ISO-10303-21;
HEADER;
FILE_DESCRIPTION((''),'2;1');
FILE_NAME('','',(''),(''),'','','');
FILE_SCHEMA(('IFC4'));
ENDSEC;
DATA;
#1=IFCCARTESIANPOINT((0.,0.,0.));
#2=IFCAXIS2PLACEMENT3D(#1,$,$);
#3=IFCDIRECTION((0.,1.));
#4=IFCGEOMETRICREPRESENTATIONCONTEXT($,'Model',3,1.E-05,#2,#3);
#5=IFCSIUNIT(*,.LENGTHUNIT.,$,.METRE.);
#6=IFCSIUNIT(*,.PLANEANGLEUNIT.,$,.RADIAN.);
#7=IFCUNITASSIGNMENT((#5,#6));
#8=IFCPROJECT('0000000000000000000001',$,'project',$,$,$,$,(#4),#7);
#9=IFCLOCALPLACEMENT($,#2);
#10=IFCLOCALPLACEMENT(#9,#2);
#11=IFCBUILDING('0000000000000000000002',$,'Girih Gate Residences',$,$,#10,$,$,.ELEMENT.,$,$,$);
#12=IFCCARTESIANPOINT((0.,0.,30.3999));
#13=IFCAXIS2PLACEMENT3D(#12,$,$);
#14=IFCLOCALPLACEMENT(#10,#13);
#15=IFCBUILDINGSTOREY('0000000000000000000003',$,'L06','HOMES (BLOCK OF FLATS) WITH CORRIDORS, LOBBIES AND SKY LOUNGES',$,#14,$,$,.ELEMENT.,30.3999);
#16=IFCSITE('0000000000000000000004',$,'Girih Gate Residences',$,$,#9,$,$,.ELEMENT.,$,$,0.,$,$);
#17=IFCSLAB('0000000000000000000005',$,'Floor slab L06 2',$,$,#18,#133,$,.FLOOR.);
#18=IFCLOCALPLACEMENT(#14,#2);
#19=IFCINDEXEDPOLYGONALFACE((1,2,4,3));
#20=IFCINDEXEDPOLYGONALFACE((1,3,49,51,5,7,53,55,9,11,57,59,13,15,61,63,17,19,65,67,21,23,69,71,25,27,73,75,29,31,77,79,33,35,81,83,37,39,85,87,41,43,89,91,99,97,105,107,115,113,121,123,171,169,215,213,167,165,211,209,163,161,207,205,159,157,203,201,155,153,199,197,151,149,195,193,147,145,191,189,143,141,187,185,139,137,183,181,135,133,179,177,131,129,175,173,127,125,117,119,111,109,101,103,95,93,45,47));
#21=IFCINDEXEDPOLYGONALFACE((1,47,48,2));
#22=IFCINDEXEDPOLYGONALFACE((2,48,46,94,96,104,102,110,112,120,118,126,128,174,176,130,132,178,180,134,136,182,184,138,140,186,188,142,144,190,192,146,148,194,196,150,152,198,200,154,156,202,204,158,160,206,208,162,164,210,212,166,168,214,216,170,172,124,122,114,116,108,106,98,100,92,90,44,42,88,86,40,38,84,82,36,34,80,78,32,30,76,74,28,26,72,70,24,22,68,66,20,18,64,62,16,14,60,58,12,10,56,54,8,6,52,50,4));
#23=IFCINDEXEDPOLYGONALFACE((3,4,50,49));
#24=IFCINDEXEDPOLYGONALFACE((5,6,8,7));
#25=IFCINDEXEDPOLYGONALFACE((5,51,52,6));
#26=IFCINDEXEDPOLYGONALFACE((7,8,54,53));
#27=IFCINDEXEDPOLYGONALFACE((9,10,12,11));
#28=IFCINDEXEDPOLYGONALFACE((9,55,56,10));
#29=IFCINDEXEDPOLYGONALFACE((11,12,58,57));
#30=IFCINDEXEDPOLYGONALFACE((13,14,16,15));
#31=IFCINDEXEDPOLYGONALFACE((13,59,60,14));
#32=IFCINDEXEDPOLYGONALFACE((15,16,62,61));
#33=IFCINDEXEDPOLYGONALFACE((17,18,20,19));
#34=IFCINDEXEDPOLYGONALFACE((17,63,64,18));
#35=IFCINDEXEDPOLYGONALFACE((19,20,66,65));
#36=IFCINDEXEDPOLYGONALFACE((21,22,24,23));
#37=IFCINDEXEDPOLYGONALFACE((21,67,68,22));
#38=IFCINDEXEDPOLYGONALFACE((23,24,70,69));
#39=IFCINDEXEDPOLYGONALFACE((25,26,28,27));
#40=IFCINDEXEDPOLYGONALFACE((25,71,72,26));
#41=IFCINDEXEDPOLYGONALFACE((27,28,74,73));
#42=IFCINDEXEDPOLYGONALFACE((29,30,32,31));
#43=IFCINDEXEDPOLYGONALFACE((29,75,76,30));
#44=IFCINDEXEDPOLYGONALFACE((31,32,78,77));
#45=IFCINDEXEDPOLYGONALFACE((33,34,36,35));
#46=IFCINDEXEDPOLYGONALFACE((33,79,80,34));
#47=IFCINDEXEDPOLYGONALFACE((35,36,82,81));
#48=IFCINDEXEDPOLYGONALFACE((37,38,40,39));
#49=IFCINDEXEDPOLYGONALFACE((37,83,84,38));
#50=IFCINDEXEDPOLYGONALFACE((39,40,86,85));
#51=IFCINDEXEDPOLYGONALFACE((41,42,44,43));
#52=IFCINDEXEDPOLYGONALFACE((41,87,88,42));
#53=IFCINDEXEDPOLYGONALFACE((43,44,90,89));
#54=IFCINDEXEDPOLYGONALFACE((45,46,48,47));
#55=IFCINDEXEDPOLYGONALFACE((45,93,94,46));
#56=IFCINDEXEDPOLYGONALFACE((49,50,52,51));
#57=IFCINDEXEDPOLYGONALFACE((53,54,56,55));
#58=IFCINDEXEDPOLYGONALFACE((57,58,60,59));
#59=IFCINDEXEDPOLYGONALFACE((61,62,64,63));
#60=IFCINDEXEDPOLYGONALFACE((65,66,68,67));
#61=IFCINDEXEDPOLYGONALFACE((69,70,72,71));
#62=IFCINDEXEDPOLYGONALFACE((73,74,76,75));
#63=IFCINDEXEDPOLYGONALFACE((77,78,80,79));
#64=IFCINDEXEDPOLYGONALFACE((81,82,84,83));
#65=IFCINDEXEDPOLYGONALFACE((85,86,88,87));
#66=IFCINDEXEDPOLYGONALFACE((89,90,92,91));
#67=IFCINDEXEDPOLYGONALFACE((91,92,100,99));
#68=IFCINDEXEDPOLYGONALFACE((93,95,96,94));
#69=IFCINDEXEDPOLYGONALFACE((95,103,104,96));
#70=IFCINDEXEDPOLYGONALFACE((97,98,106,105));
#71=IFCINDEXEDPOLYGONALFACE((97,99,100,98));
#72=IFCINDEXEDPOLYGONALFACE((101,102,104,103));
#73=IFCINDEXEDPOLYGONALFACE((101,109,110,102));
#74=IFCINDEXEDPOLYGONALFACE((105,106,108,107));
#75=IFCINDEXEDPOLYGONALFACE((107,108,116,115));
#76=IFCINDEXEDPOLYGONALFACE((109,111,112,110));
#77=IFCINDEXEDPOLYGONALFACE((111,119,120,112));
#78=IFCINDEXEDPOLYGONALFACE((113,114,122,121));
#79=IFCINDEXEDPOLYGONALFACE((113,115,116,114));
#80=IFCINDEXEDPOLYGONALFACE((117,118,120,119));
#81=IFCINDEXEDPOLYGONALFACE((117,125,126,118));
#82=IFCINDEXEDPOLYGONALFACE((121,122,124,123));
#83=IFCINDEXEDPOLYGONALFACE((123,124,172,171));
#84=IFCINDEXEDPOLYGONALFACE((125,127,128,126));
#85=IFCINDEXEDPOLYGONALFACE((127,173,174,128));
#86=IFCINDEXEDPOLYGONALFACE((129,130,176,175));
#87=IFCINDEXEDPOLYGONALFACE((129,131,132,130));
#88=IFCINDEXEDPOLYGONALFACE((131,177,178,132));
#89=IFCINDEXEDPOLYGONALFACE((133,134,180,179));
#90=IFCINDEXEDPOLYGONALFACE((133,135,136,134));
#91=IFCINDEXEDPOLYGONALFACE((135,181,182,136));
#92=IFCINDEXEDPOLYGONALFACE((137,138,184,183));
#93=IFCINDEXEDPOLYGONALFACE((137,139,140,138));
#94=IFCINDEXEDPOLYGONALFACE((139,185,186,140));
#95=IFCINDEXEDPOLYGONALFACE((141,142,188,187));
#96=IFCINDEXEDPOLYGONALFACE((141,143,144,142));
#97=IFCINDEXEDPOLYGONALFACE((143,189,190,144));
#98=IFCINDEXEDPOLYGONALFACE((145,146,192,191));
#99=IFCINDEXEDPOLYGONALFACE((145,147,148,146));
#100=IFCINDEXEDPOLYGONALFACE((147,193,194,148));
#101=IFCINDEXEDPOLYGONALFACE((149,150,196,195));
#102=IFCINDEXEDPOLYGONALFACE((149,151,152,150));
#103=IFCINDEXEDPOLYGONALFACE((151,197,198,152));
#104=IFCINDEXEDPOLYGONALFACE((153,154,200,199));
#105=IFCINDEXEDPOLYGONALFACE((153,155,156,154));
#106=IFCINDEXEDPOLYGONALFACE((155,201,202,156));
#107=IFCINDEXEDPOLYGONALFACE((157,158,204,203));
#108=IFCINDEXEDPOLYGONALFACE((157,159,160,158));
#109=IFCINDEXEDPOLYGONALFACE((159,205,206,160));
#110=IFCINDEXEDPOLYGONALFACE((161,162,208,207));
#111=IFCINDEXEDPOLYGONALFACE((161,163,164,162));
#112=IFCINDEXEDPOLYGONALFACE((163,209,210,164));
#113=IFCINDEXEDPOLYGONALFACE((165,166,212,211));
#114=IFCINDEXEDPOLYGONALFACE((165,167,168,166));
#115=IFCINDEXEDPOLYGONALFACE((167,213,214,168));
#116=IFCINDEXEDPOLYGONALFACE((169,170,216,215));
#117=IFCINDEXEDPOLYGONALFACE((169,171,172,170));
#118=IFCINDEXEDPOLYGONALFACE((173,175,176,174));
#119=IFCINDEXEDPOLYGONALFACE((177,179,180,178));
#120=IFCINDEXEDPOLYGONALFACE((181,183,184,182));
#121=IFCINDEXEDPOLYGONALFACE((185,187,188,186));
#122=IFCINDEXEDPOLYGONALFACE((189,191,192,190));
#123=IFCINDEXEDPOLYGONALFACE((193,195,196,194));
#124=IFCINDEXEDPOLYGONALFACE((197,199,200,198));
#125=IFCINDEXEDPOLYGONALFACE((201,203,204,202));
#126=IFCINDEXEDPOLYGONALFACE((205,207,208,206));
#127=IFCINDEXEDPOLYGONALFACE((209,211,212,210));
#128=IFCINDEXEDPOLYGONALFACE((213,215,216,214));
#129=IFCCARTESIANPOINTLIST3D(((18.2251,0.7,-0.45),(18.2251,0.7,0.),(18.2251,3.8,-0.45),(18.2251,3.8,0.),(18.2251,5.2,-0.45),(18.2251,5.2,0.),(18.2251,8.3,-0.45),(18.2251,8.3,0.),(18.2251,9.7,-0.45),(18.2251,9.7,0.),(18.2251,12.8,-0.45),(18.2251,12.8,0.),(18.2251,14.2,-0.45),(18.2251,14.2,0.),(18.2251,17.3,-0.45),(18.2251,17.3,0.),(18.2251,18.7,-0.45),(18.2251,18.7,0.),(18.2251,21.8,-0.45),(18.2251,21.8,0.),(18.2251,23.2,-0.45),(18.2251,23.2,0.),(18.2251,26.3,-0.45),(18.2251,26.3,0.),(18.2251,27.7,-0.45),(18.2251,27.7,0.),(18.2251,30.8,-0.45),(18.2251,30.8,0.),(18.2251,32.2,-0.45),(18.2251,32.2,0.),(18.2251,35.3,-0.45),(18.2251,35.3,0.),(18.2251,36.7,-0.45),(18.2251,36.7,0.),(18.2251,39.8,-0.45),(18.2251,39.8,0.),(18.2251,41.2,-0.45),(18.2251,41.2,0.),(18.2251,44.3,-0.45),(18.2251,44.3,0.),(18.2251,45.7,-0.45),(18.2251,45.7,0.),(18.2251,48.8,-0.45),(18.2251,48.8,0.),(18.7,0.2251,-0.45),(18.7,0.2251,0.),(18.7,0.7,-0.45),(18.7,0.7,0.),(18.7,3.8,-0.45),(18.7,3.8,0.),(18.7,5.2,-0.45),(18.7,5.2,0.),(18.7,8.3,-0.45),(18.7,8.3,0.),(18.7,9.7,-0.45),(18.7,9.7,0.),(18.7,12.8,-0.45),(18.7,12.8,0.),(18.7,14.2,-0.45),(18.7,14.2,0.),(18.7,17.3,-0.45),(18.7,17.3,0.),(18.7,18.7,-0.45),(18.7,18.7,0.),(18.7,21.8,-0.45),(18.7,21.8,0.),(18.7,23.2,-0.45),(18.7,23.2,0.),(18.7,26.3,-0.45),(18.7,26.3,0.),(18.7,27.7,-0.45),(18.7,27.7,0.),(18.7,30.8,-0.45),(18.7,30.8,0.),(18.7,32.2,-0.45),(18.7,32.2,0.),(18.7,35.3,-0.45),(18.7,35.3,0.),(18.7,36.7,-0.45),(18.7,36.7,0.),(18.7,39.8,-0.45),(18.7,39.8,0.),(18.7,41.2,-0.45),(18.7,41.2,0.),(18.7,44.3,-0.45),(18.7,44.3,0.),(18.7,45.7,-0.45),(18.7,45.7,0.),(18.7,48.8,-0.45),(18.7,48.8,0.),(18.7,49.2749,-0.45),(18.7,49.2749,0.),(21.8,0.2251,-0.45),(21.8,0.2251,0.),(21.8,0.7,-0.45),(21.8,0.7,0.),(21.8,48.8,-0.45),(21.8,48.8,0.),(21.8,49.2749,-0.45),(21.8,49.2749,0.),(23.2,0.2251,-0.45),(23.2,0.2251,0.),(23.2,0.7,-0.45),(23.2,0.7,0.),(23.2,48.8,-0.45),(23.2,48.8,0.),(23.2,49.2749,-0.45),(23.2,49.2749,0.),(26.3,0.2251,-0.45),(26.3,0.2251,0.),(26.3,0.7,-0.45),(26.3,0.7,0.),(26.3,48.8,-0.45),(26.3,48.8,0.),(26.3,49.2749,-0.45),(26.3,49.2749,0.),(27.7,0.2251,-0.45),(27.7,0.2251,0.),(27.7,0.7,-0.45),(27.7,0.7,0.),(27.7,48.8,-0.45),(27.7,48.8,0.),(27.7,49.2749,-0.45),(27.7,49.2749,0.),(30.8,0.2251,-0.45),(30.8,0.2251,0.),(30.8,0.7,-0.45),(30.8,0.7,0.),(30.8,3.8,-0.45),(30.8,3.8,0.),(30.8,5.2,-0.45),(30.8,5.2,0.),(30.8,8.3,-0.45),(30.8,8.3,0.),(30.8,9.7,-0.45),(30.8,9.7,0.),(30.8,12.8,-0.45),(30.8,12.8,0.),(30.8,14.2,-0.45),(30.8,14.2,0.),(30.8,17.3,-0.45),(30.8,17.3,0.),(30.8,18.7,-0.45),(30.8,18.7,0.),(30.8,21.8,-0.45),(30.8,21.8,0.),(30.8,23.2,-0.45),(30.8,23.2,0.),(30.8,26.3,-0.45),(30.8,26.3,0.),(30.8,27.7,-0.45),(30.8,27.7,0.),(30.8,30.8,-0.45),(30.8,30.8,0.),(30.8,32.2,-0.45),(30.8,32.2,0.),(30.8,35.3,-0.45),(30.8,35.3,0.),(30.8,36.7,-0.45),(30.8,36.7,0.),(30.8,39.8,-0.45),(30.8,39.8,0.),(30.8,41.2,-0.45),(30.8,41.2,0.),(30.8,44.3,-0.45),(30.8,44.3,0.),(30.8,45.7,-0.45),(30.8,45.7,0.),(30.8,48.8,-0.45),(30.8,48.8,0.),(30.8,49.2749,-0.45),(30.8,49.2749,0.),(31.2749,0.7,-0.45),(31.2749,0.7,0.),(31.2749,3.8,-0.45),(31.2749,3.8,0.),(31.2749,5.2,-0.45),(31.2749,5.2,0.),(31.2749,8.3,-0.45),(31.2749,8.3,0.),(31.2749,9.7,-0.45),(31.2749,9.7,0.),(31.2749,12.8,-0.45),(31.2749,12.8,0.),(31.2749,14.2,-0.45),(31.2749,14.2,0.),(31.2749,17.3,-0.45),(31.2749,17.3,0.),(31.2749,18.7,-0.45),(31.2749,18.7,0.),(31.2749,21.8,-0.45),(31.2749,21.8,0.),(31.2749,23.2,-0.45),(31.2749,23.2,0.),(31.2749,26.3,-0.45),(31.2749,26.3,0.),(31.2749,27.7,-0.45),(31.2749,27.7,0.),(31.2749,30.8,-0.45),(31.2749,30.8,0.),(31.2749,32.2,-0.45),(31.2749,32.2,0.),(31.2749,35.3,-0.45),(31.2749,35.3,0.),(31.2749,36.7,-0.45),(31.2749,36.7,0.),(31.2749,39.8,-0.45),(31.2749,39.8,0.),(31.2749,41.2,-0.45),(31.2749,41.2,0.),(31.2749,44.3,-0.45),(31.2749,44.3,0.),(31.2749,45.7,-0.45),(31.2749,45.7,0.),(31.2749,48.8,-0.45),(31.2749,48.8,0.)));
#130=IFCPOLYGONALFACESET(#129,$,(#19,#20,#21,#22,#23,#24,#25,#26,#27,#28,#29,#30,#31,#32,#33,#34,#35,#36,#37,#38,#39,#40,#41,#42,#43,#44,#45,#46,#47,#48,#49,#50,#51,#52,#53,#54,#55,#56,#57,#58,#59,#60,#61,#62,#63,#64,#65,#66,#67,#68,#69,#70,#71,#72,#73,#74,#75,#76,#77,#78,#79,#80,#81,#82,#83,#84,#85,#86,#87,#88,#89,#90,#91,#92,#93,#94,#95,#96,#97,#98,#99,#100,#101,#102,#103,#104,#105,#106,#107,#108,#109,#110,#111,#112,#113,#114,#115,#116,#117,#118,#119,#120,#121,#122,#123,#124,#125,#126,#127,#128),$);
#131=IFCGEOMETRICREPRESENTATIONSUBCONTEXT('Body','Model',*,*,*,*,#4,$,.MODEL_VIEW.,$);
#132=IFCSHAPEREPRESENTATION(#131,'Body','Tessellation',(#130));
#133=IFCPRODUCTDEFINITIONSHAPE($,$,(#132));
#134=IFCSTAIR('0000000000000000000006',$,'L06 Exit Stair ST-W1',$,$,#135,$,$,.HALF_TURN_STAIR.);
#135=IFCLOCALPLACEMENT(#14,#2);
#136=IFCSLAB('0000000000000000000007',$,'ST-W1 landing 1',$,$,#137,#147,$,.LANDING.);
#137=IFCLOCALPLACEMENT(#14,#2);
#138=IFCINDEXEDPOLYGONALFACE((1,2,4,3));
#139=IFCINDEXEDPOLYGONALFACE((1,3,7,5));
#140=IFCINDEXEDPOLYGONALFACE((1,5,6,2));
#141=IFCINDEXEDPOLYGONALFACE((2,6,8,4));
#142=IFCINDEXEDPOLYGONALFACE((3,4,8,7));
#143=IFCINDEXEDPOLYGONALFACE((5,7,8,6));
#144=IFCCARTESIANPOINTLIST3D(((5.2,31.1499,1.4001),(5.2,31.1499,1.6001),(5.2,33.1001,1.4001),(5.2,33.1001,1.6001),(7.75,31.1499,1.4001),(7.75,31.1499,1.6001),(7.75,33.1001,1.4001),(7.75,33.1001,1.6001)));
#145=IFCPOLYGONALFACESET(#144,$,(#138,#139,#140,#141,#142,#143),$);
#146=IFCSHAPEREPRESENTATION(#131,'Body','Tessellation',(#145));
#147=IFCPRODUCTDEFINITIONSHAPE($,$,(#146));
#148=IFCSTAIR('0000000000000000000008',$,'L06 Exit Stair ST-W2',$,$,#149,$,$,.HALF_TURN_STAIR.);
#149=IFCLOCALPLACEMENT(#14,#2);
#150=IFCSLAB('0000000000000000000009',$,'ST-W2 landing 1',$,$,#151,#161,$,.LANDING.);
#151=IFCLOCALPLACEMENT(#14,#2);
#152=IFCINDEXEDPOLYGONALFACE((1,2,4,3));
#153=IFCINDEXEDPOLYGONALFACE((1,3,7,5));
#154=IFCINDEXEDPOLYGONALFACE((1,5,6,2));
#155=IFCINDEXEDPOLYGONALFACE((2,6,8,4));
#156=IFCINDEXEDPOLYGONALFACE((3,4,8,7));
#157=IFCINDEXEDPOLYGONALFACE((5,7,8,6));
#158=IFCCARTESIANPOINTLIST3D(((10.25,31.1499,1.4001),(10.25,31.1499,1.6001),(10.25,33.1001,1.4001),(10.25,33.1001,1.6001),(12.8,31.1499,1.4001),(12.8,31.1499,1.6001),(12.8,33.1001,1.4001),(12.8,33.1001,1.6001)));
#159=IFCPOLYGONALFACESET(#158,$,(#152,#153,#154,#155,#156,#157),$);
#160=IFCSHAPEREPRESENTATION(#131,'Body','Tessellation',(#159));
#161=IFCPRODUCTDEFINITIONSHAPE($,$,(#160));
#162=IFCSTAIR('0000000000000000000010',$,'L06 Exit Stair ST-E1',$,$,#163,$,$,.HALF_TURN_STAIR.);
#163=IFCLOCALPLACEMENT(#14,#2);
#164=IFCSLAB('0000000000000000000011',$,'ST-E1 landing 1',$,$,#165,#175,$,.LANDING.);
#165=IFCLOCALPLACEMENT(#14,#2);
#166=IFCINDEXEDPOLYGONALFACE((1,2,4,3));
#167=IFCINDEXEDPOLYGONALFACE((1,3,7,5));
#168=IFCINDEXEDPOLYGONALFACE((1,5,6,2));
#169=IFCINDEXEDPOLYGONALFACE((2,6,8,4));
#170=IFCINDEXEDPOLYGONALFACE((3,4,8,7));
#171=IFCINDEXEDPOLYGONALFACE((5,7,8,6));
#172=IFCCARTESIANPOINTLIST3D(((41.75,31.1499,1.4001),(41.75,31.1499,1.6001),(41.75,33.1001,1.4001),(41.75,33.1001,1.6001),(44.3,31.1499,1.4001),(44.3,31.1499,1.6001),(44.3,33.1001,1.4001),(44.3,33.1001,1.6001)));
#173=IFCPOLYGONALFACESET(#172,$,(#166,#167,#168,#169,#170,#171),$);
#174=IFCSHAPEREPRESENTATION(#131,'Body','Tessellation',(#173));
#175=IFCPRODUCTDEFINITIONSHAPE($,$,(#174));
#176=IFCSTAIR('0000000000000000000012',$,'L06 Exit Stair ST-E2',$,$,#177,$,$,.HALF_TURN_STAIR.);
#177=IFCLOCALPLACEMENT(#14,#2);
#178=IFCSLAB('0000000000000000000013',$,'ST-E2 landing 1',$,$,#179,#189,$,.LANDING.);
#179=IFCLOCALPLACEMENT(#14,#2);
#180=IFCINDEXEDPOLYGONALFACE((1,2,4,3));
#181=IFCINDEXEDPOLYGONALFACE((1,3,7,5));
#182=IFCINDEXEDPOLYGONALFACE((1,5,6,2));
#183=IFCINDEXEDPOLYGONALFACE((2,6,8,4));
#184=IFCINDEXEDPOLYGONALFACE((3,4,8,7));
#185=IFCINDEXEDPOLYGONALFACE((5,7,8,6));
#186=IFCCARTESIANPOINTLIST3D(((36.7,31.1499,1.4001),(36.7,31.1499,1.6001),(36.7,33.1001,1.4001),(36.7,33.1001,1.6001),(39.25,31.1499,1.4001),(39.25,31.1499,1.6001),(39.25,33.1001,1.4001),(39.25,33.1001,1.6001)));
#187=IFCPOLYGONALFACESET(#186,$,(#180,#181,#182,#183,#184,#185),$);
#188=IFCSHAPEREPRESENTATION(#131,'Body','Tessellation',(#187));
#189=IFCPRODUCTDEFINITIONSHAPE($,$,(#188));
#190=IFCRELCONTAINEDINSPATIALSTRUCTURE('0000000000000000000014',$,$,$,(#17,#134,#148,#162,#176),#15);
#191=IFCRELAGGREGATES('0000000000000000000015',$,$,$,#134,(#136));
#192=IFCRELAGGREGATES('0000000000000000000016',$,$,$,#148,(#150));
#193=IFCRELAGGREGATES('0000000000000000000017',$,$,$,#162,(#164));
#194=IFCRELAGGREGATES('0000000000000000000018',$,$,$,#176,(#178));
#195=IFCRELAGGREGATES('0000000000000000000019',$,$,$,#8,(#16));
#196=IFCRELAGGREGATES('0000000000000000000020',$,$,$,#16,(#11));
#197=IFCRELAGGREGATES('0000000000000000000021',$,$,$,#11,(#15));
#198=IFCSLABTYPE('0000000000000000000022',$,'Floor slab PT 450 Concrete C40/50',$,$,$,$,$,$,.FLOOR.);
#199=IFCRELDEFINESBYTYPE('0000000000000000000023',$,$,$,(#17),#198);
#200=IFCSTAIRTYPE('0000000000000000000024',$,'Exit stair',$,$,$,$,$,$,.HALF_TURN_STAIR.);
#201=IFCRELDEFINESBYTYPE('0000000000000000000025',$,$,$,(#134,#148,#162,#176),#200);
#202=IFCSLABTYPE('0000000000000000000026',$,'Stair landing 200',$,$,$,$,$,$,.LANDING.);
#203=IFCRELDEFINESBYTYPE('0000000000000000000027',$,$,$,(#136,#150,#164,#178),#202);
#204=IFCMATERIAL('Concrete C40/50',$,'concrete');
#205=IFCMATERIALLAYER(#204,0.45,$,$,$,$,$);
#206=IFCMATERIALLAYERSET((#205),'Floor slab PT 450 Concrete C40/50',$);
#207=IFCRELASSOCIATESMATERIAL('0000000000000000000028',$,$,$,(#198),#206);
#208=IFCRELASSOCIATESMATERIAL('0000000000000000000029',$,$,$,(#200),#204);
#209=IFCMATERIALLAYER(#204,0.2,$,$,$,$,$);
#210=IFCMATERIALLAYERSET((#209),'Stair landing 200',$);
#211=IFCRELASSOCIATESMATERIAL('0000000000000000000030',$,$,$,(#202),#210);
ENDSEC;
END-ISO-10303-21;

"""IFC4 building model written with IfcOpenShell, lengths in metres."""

from ifc_helpers import new_model, si_unit, direction, frame, origin, place, context, subcontext, project, spatial, polyline, outline, extrude, material, layer, layer_set, type_object, element, aggregate, save


model = new_model("IFC4")

# Units and contexts
model_context = context("Model", 3, precision=1e-05, world=origin(), true_north=direction((0.0, 1.0)))
body_context = subcontext(model_context, "Body", "Model", "MODEL_VIEW")
ifc_project = project(units=[si_unit("LENGTHUNIT", "METRE"), si_unit("PLANEANGLEUNIT", "RADIAN")], contexts=[model_context])

# Site, building, storey
site_placement = place(None, origin())
site = spatial("IfcSite", under=ifc_project, at=site_placement, Name="Girih Gate Residences", CompositionType="ELEMENT", RefElevation=0.0)
building_placement = place(site_placement, origin())
building = spatial("IfcBuilding", under=site, at=building_placement, Name="Girih Gate Residences", CompositionType="ELEMENT")
storey_placement = place(building_placement, frame((0.0, 0.0, 30.3999)))
storey = spatial("IfcBuildingStorey", under=building, at=storey_placement, Name="L06", Description="HOMES (BLOCK OF FLATS) WITH CORRIDORS, LOBBIES AND SKY LOUNGES", CompositionType="ELEMENT", Elevation=30.3999)

# Slab
ifc_material_1 = material(Name="Concrete C40/50", Category="concrete")
ifc_layer_1 = layer(ifc_material_1, 0.45)
ifc_layer_set_1 = layer_set([ifc_layer_1], Name="Floor slab PT 450 Concrete C40/50")
slab_type_1 = type_object("IfcSlabType", Name="Floor slab PT 450 Concrete C40/50", PredefinedType="FLOOR", material=ifc_layer_set_1)
slab_1_placement = place(storey_placement, frame((0.0, 0.0, -0.45)))
element("IfcSlab", 1, at=slab_1_placement, inside=storey, type_object=slab_type_1, Name="Floor slab L06 2", PredefinedType="FLOOR", context=body_context, shape_type="SweptSolid", body=[
    extrude(outline(polyline([(21.8, 49.2749), (18.7, 49.2749), (18.7, 48.8), (18.2251, 48.8), (18.2251, 45.7), (18.7, 45.7), (18.7, 44.3), (18.2251, 44.3), (18.2251, 41.2), (18.7, 41.2), (18.7, 39.8), (18.2251, 39.8), (18.2251, 36.7), (18.7, 36.7), (18.7, 35.3), (18.2251, 35.3), (18.2251, 32.2), (18.7, 32.2), (18.7, 30.8), (18.2251, 30.8), (18.2251, 27.7), (18.7, 27.7), (18.7, 26.3), (18.2251, 26.3), (18.2251, 23.2), (18.7, 23.2), (18.7, 21.8), (18.2251, 21.8), (18.2251, 18.7), (18.7, 18.7), (18.7, 17.3), (18.2251, 17.3), (18.2251, 14.2), (18.7, 14.2), (18.7, 12.8), (18.2251, 12.8), (18.2251, 9.7), (18.7, 9.7), (18.7, 8.3), (18.2251, 8.3), (18.2251, 5.2), (18.7, 5.2), (18.7, 3.8), (18.2251, 3.8), (18.2251, 0.7), (18.7, 0.7), (18.7, 0.2251), (21.8, 0.2251), (21.8, 0.7), (23.2, 0.7), (23.2, 0.2251), (26.3, 0.2251), (26.3, 0.7), (27.7, 0.7), (27.7, 0.2251), (30.8, 0.2251), (30.8, 0.7), (31.2749, 0.7), (31.2749, 3.8), (30.8, 3.8), (30.8, 5.2), (31.2749, 5.2), (31.2749, 8.3), (30.8, 8.3), (30.8, 9.7), (31.2749, 9.7), (31.2749, 12.8), (30.8, 12.8), (30.8, 14.2), (31.2749, 14.2), (31.2749, 17.3), (30.8, 17.3), (30.8, 18.7), (31.2749, 18.7), (31.2749, 21.8), (30.8, 21.8), (30.8, 23.2), (31.2749, 23.2), (31.2749, 26.3), (30.8, 26.3), (30.8, 27.7), (31.2749, 27.7), (31.2749, 30.8), (30.8, 30.8), (30.8, 32.2), (31.2749, 32.2), (31.2749, 35.3), (30.8, 35.3), (30.8, 36.7), (31.2749, 36.7), (31.2749, 39.8), (30.8, 39.8), (30.8, 41.2), (31.2749, 41.2), (31.2749, 44.3), (30.8, 44.3), (30.8, 45.7), (31.2749, 45.7), (31.2749, 48.8), (30.8, 48.8), (30.8, 49.2749), (27.7, 49.2749), (27.7, 48.8), (26.3, 48.8), (26.3, 49.2749), (23.2, 49.2749), (23.2, 48.8), (21.8, 48.8), (21.8, 49.2749)])), origin(), (0.0, 0.0, 1.0), 0.45),
])

# Stairs, slabs
stair_type = type_object("IfcStairType", Name="Exit stair", PredefinedType="HALF_TURN_STAIR", material=ifc_material_1)
stair_1_placement = place(storey_placement, origin())
stair_1 = element("IfcStair", 2, at=stair_1_placement, inside=storey, type_object=stair_type, Name="L06 Exit Stair ST-W1", PredefinedType="HALF_TURN_STAIR")
ifc_layer_2 = layer(ifc_material_1, 0.2)
ifc_layer_set_2 = layer_set([ifc_layer_2], Name="Stair landing 200")
slab_type_2 = type_object("IfcSlabType", Name="Stair landing 200", PredefinedType="LANDING", material=ifc_layer_set_2)
slab_2_placement = place(storey_placement, frame((0.0, 0.0, 1.4001)))
slab_2 = element("IfcSlab", 3, at=slab_2_placement, type_object=slab_type_2, Name="ST-W1 landing 1", PredefinedType="LANDING", context=body_context, shape_type="SweptSolid", body=[
    extrude(outline(polyline([(7.75, 31.1499), (7.75, 33.1001), (5.2, 33.1001), (5.2, 31.1499), (7.75, 31.1499)])), origin(), (0.0, 0.0, 1.0), 0.2),
])
aggregate(stair_1, [slab_2])
stair_2_placement = place(storey_placement, origin())
stair_2 = element("IfcStair", 4, at=stair_2_placement, inside=storey, type_object=stair_type, Name="L06 Exit Stair ST-W2", PredefinedType="HALF_TURN_STAIR")
slab_3_placement = place(storey_placement, frame((0.0, 0.0, 1.4001)))
slab_3 = element("IfcSlab", 5, at=slab_3_placement, type_object=slab_type_2, Name="ST-W2 landing 1", PredefinedType="LANDING", context=body_context, shape_type="SweptSolid", body=[
    extrude(outline(polyline([(12.8, 31.1499), (12.8, 33.1001), (10.25, 33.1001), (10.25, 31.1499), (12.8, 31.1499)])), origin(), (0.0, 0.0, 1.0), 0.2),
])
aggregate(stair_2, [slab_3])
stair_3_placement = place(storey_placement, origin())
stair_3 = element("IfcStair", 6, at=stair_3_placement, inside=storey, type_object=stair_type, Name="L06 Exit Stair ST-E1", PredefinedType="HALF_TURN_STAIR")
slab_4_placement = place(storey_placement, frame((0.0, 0.0, 1.4001)))
slab_4 = element("IfcSlab", 7, at=slab_4_placement, type_object=slab_type_2, Name="ST-E1 landing 1", PredefinedType="LANDING", context=body_context, shape_type="SweptSolid", body=[
    extrude(outline(polyline([(44.3, 31.1499), (44.3, 33.1001), (41.75, 33.1001), (41.75, 31.1499), (44.3, 31.1499)])), origin(), (0.0, 0.0, 1.0), 0.2),
])
aggregate(stair_3, [slab_4])
stair_4_placement = place(storey_placement, origin())
stair_4 = element("IfcStair", 8, at=stair_4_placement, inside=storey, type_object=stair_type, Name="L06 Exit Stair ST-E2", PredefinedType="HALF_TURN_STAIR")
slab_5_placement = place(storey_placement, frame((0.0, 0.0, 1.4001)))
slab_5 = element("IfcSlab", 9, at=slab_5_placement, type_object=slab_type_2, Name="ST-E2 landing 1", PredefinedType="LANDING", context=body_context, shape_type="SweptSolid", body=[
    extrude(outline(polyline([(39.25, 31.1499), (39.25, 33.1001), (36.7, 33.1001), (36.7, 31.1499), (39.25, 31.1499)])), origin(), (0.0, 0.0, 1.0), 0.2),
])
aggregate(stair_4, [slab_5])

save(model, "model.ifc")
